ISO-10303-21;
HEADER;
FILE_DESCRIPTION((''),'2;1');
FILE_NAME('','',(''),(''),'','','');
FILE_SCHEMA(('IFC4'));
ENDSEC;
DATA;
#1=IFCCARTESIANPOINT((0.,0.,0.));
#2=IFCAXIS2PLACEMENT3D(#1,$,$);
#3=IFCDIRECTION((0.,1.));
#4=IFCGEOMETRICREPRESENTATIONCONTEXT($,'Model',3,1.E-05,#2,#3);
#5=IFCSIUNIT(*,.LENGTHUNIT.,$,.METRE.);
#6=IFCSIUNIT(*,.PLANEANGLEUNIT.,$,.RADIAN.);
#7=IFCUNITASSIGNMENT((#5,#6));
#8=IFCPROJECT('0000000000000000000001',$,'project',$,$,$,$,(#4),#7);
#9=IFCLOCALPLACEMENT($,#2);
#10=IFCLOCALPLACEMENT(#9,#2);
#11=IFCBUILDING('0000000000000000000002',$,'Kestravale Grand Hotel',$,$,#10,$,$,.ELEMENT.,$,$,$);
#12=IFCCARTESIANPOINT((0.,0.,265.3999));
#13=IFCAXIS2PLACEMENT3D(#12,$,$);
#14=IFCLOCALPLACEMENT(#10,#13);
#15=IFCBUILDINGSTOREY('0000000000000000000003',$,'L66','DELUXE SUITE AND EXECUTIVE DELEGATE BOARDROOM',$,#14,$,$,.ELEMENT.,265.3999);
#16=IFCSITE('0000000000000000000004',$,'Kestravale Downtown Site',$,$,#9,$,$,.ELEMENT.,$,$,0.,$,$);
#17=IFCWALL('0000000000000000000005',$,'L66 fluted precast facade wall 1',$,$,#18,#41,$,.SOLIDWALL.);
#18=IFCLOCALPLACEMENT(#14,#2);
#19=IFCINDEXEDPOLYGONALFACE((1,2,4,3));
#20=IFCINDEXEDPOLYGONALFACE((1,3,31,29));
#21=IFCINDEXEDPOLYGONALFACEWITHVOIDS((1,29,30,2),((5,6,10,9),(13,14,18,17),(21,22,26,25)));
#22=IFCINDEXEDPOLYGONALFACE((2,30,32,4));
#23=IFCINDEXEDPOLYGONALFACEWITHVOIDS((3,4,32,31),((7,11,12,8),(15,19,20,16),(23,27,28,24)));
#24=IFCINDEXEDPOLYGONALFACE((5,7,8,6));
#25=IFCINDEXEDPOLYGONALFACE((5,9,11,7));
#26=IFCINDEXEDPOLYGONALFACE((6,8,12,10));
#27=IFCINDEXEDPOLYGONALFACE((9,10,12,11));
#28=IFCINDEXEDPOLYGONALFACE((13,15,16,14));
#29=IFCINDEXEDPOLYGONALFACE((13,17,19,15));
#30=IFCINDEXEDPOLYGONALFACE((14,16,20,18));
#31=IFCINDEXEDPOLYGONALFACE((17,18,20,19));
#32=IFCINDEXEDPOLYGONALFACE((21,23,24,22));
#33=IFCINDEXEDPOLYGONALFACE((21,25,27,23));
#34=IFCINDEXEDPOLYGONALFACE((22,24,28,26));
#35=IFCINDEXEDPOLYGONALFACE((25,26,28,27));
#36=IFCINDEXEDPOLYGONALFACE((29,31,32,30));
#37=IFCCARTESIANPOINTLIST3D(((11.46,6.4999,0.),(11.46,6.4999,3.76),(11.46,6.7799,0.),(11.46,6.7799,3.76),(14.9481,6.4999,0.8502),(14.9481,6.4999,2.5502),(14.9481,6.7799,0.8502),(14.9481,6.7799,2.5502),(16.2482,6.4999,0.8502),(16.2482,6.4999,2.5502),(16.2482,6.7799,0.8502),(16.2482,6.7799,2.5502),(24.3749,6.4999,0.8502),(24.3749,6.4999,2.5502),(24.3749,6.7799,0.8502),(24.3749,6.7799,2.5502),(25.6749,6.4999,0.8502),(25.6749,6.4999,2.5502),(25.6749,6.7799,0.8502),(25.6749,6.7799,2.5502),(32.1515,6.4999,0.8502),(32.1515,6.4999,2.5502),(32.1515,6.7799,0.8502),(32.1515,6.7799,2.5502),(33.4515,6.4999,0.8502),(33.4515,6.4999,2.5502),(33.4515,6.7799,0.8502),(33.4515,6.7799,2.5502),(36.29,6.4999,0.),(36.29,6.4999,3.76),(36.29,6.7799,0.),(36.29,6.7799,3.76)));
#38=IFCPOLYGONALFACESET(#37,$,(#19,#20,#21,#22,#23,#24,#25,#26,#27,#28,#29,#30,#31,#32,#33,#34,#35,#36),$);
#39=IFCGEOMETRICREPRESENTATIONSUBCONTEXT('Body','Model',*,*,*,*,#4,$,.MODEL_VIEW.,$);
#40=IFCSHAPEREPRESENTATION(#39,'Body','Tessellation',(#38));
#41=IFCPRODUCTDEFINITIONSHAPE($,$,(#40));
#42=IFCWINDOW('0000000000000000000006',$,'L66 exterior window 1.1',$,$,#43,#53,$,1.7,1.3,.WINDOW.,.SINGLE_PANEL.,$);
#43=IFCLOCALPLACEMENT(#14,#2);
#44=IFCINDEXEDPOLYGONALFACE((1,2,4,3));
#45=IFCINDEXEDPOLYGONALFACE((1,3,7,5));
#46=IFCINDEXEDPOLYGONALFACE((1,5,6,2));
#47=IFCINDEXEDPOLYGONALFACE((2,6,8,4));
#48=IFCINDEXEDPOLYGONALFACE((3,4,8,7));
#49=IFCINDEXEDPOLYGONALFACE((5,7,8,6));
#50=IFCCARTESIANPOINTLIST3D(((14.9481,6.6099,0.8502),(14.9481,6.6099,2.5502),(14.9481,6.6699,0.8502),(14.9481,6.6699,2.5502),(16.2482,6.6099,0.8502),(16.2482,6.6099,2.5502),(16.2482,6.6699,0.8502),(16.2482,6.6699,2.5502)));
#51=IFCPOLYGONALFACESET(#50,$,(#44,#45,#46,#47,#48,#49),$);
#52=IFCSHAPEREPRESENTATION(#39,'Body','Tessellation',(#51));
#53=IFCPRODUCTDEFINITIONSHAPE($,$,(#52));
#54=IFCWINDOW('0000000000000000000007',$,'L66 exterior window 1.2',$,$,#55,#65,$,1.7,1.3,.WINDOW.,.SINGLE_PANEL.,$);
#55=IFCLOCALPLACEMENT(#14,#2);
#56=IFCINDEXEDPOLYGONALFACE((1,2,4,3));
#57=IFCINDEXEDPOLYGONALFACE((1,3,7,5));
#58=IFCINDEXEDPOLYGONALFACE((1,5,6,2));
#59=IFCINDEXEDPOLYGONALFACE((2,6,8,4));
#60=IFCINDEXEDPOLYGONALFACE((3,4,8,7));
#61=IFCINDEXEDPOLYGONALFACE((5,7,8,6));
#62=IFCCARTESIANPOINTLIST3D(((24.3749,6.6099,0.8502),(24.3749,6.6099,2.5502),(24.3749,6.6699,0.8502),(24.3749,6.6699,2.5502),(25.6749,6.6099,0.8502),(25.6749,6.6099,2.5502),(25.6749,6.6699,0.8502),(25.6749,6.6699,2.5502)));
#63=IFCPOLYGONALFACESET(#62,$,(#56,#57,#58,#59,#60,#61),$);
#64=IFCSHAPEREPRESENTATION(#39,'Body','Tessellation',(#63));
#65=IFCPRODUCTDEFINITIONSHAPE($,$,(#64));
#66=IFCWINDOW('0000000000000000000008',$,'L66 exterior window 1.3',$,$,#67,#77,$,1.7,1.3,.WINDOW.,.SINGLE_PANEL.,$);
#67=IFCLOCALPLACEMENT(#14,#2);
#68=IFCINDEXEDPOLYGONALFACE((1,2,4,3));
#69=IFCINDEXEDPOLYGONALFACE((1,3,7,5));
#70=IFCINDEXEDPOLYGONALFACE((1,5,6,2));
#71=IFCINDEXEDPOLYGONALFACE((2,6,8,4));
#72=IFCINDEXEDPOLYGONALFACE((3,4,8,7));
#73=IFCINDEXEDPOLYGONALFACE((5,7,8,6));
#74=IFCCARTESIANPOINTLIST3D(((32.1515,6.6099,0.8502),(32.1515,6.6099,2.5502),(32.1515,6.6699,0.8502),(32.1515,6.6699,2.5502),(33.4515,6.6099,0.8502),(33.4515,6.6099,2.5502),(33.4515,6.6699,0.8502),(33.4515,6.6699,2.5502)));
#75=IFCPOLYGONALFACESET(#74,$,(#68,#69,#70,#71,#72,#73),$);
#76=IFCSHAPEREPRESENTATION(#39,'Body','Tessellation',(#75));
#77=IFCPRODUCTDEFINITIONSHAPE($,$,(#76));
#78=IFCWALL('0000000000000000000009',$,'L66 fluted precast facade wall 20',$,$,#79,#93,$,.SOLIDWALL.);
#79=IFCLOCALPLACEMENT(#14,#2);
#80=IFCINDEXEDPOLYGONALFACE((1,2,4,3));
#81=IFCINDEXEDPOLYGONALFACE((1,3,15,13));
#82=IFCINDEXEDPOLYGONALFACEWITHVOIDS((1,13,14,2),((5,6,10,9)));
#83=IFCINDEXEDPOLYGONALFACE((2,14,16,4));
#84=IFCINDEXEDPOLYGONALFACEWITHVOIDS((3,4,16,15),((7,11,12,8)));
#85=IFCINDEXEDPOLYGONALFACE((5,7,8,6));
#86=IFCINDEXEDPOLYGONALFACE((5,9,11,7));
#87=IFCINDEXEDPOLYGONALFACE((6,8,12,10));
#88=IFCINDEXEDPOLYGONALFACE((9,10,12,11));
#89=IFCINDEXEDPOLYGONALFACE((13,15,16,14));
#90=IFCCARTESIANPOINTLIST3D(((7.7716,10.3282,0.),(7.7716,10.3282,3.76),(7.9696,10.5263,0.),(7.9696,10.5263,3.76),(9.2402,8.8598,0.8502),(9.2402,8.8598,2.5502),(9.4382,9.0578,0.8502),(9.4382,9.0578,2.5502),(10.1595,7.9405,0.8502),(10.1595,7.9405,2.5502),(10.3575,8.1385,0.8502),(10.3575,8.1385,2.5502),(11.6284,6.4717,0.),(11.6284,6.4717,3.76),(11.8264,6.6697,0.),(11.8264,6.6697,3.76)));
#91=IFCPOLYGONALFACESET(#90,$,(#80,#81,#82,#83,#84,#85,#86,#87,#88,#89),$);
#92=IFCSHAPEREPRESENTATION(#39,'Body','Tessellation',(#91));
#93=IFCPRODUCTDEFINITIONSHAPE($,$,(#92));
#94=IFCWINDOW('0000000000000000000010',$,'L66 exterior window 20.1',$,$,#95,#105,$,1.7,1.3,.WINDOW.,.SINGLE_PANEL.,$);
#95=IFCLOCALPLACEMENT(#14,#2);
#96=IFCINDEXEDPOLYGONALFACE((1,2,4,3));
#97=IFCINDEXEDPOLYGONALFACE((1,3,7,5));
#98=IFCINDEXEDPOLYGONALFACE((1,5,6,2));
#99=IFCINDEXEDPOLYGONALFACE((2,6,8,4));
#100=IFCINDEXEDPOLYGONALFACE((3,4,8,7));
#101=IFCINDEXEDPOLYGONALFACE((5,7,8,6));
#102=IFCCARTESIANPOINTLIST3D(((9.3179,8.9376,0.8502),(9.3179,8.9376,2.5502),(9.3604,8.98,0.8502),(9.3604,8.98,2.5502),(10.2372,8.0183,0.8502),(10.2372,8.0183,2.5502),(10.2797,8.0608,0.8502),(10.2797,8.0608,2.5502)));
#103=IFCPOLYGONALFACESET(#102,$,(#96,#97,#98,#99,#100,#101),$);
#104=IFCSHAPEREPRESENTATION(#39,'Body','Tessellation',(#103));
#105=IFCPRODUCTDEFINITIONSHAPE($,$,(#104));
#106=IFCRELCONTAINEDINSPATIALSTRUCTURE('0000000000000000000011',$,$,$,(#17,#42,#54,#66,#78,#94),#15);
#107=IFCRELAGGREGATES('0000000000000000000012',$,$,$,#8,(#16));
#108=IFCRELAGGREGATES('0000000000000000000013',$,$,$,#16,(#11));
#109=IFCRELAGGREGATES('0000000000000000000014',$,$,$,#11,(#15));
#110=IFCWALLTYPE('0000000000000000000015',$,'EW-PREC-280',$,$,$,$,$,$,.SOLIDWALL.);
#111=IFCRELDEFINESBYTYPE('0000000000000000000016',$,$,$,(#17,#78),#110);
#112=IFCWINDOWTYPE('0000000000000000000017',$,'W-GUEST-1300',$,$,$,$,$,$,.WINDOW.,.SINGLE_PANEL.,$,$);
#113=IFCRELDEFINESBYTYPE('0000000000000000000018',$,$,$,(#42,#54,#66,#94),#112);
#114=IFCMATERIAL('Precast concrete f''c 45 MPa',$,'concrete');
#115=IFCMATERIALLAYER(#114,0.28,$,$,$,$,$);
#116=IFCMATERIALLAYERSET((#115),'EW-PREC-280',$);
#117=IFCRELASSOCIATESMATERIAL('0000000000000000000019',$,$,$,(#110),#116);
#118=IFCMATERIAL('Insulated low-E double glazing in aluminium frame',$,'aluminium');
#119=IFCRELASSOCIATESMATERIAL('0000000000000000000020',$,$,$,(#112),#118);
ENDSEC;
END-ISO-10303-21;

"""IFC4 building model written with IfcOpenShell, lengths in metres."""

from ifc_helpers import new_model, si_unit, direction, frame, frame_2d, origin, place, context, subcontext, project, spatial, rectangle, extrude, material, layer, layer_set, type_object, element, fill, save


model = new_model("IFC4")

# Units and contexts
model_context = context("Model", 3, precision=1e-05, world=origin(), true_north=direction((0.0, 1.0)))
body_context = subcontext(model_context, "Body", "Model", "MODEL_VIEW")
ifc_project = project(units=[si_unit("LENGTHUNIT", "METRE"), si_unit("PLANEANGLEUNIT", "RADIAN")], contexts=[model_context])

# Site, building, storey
site_placement = place(None, origin())
site = spatial("IfcSite", under=ifc_project, at=site_placement, Name="Kestravale Downtown Site", CompositionType="ELEMENT", RefElevation=0.0)
building_placement = place(site_placement, origin())
building = spatial("IfcBuilding", under=site, at=building_placement, Name="Kestravale Grand Hotel", CompositionType="ELEMENT")
storey_placement = place(building_placement, frame((0.0, 0.0, 265.3999)))
storey = spatial("IfcBuildingStorey", under=building, at=storey_placement, Name="L66", Description="DELUXE SUITE AND EXECUTIVE DELEGATE BOARDROOM", CompositionType="ELEMENT", Elevation=265.3999)

# Wall, openings, windows
ifc_material_1 = material(Name="Precast concrete f'c 45 MPa", Category="concrete")
ifc_layer_1 = layer(ifc_material_1, 0.28)
ifc_layer_set_1 = layer_set([ifc_layer_1], Name="EW-PREC-280")
wall_type_1 = type_object("IfcWallType", Name="EW-PREC-280", PredefinedType="SOLIDWALL", material=ifc_layer_set_1)
wall_1_placement = place(storey_placement, frame((11.46, 6.6399, 0.0), z_axis=(0.0, 0.0, 1.0), x_axis=(1.0, 0.0, 0.0)))
wall_1 = element("IfcWall", 1, at=wall_1_placement, inside=storey, type_object=wall_type_1, Name="L66 fluted precast facade wall 1", PredefinedType="SOLIDWALL", context=body_context, shape_type="SweptSolid", body=[
    extrude(rectangle(XDim=24.8301, YDim=0.28, at=frame_2d((12.415, 0.0))), origin(), (0.0, 0.0, 1.0), 3.76),
])
opening_1_placement = place(wall_1_placement, frame((3.4883, 0.0, 0.8501)))
opening_1 = element("IfcOpeningElement", 2, at=opening_1_placement, cuts=wall_1, PredefinedType="OPENING", context=body_context, shape_type="SweptSolid", body=[
    extrude(rectangle(XDim=1.3, YDim=1.7, at=frame_2d((0.6499, 0.8501))), frame((0.0, 0.1499, 0.0), z_axis=(0.0, -1.0, 0.0), x_axis=(1.0, 0.0, 0.0)), (0.0, 0.0, 1.0), 0.3),
])
opening_2_placement = place(wall_1_placement, frame((12.915, 0.0, 0.8501)))
opening_2 = element("IfcOpeningElement", 3, at=opening_2_placement, cuts=wall_1, PredefinedType="OPENING", context=body_context, shape_type="SweptSolid", body=[
    extrude(rectangle(XDim=1.3, YDim=1.7, at=frame_2d((0.6499, 0.8501))), frame((0.0, 0.1499, 0.0), z_axis=(0.0, -1.0, 0.0), x_axis=(1.0, 0.0, 0.0)), (0.0, 0.0, 1.0), 0.3),
])
opening_3_placement = place(wall_1_placement, frame((20.6917, 0.0, 0.8501)))
opening_3 = element("IfcOpeningElement", 4, at=opening_3_placement, cuts=wall_1, PredefinedType="OPENING", context=body_context, shape_type="SweptSolid", body=[
    extrude(rectangle(XDim=1.3, YDim=1.7, at=frame_2d((0.6499, 0.8501))), frame((0.0, 0.1499, 0.0), z_axis=(0.0, -1.0, 0.0), x_axis=(1.0, 0.0, 0.0)), (0.0, 0.0, 1.0), 0.3),
])
ifc_material_2 = material(Name="Insulated low-E double glazing in aluminium frame", Category="aluminium")
window_type = type_object("IfcWindowType", Name="W-GUEST-1300", PartitioningType="SINGLE_PANEL", PredefinedType="WINDOW", material=ifc_material_2)
window_1_placement = place(opening_1_placement, origin())
window_1 = element("IfcWindow", 5, at=window_1_placement, inside=storey, type_object=window_type, Name="L66 exterior window 1.1", OverallHeight=1.7, OverallWidth=1.3, PartitioningType="SINGLE_PANEL", PredefinedType="WINDOW", context=body_context, shape_type="SweptSolid", body=[
    extrude(rectangle(XDim=1.3, YDim=1.7, at=frame_2d((0.6499, 0.8501))), frame((0.0, 0.03, 0.0), z_axis=(0.0, -1.0, 0.0), x_axis=(1.0, 0.0, 0.0)), (0.0, 0.0, 1.0), 0.0601),
])
fill(opening_1, window_1)
window_2_placement = place(opening_2_placement, origin())
window_2 = element("IfcWindow", 6, at=window_2_placement, inside=storey, type_object=window_type, Name="L66 exterior window 1.2", OverallHeight=1.7, OverallWidth=1.3, PartitioningType="SINGLE_PANEL", PredefinedType="WINDOW", context=body_context, shape_type="SweptSolid", body=[
    extrude(rectangle(XDim=1.3, YDim=1.7, at=frame_2d((0.6499, 0.8501))), frame((0.0, 0.03, 0.0), z_axis=(0.0, -1.0, 0.0), x_axis=(1.0, 0.0, 0.0)), (0.0, 0.0, 1.0), 0.0601),
])
fill(opening_2, window_2)
window_3_placement = place(opening_3_placement, origin())
window_3 = element("IfcWindow", 7, at=window_3_placement, inside=storey, type_object=window_type, Name="L66 exterior window 1.3", OverallHeight=1.7, OverallWidth=1.3, PartitioningType="SINGLE_PANEL", PredefinedType="WINDOW", context=body_context, shape_type="SweptSolid", body=[
    extrude(rectangle(XDim=1.3, YDim=1.7, at=frame_2d((0.6499, 0.8501))), frame((0.0, 0.03, 0.0), z_axis=(0.0, -1.0, 0.0), x_axis=(1.0, 0.0, 0.0)), (0.0, 0.0, 1.0), 0.0601),
])
fill(opening_3, window_3)

# Wall, opening, window
wall_2_placement = place(storey_placement, frame((7.8706, 10.4272, 0.0), z_axis=(0.0, 0.0, 1.0), x_axis=(0.707129, -0.707084, 0.0)))
wall_2 = element("IfcWall", 8, at=wall_2_placement, inside=storey, type_object=wall_type_1, Name="L66 fluted precast facade wall 20", PredefinedType="SOLIDWALL", context=body_context, shape_type="SweptSolid", body=[
    extrude(rectangle(XDim=5.4541, YDim=0.28, at=frame_2d((2.7271, 0.0))), origin(), (0.0, 0.0, 1.0), 3.76),
])
opening_4_placement = place(wall_2_placement, frame((2.0769, 0.0, 0.8501)))
opening_4 = element("IfcOpeningElement", 9, at=opening_4_placement, cuts=wall_2, PredefinedType="OPENING", context=body_context, shape_type="SweptSolid", body=[
    extrude(rectangle(XDim=1.3, YDim=1.7, at=frame_2d((0.6499, 0.8501))), frame((0.0, 0.1499, 0.0), z_axis=(0.0, -1.0, 0.0), x_axis=(1.0, 0.0, 0.0)), (0.0, 0.0, 1.0), 0.3),
])
window_4_placement = place(opening_4_placement, origin())
window_4 = element("IfcWindow", 10, at=window_4_placement, inside=storey, type_object=window_type, Name="L66 exterior window 20.1", OverallHeight=1.7, OverallWidth=1.3, PartitioningType="SINGLE_PANEL", PredefinedType="WINDOW", context=body_context, shape_type="SweptSolid", body=[
    extrude(rectangle(XDim=1.3, YDim=1.7, at=frame_2d((0.6499, 0.8501))), frame((0.0, 0.03, 0.0), z_axis=(0.0, -1.0, 0.0), x_axis=(1.0, 0.0, 0.0)), (0.0, 0.0, 1.0), 0.0601),
])
fill(opening_4, window_4)

save(model, "model.ifc")
